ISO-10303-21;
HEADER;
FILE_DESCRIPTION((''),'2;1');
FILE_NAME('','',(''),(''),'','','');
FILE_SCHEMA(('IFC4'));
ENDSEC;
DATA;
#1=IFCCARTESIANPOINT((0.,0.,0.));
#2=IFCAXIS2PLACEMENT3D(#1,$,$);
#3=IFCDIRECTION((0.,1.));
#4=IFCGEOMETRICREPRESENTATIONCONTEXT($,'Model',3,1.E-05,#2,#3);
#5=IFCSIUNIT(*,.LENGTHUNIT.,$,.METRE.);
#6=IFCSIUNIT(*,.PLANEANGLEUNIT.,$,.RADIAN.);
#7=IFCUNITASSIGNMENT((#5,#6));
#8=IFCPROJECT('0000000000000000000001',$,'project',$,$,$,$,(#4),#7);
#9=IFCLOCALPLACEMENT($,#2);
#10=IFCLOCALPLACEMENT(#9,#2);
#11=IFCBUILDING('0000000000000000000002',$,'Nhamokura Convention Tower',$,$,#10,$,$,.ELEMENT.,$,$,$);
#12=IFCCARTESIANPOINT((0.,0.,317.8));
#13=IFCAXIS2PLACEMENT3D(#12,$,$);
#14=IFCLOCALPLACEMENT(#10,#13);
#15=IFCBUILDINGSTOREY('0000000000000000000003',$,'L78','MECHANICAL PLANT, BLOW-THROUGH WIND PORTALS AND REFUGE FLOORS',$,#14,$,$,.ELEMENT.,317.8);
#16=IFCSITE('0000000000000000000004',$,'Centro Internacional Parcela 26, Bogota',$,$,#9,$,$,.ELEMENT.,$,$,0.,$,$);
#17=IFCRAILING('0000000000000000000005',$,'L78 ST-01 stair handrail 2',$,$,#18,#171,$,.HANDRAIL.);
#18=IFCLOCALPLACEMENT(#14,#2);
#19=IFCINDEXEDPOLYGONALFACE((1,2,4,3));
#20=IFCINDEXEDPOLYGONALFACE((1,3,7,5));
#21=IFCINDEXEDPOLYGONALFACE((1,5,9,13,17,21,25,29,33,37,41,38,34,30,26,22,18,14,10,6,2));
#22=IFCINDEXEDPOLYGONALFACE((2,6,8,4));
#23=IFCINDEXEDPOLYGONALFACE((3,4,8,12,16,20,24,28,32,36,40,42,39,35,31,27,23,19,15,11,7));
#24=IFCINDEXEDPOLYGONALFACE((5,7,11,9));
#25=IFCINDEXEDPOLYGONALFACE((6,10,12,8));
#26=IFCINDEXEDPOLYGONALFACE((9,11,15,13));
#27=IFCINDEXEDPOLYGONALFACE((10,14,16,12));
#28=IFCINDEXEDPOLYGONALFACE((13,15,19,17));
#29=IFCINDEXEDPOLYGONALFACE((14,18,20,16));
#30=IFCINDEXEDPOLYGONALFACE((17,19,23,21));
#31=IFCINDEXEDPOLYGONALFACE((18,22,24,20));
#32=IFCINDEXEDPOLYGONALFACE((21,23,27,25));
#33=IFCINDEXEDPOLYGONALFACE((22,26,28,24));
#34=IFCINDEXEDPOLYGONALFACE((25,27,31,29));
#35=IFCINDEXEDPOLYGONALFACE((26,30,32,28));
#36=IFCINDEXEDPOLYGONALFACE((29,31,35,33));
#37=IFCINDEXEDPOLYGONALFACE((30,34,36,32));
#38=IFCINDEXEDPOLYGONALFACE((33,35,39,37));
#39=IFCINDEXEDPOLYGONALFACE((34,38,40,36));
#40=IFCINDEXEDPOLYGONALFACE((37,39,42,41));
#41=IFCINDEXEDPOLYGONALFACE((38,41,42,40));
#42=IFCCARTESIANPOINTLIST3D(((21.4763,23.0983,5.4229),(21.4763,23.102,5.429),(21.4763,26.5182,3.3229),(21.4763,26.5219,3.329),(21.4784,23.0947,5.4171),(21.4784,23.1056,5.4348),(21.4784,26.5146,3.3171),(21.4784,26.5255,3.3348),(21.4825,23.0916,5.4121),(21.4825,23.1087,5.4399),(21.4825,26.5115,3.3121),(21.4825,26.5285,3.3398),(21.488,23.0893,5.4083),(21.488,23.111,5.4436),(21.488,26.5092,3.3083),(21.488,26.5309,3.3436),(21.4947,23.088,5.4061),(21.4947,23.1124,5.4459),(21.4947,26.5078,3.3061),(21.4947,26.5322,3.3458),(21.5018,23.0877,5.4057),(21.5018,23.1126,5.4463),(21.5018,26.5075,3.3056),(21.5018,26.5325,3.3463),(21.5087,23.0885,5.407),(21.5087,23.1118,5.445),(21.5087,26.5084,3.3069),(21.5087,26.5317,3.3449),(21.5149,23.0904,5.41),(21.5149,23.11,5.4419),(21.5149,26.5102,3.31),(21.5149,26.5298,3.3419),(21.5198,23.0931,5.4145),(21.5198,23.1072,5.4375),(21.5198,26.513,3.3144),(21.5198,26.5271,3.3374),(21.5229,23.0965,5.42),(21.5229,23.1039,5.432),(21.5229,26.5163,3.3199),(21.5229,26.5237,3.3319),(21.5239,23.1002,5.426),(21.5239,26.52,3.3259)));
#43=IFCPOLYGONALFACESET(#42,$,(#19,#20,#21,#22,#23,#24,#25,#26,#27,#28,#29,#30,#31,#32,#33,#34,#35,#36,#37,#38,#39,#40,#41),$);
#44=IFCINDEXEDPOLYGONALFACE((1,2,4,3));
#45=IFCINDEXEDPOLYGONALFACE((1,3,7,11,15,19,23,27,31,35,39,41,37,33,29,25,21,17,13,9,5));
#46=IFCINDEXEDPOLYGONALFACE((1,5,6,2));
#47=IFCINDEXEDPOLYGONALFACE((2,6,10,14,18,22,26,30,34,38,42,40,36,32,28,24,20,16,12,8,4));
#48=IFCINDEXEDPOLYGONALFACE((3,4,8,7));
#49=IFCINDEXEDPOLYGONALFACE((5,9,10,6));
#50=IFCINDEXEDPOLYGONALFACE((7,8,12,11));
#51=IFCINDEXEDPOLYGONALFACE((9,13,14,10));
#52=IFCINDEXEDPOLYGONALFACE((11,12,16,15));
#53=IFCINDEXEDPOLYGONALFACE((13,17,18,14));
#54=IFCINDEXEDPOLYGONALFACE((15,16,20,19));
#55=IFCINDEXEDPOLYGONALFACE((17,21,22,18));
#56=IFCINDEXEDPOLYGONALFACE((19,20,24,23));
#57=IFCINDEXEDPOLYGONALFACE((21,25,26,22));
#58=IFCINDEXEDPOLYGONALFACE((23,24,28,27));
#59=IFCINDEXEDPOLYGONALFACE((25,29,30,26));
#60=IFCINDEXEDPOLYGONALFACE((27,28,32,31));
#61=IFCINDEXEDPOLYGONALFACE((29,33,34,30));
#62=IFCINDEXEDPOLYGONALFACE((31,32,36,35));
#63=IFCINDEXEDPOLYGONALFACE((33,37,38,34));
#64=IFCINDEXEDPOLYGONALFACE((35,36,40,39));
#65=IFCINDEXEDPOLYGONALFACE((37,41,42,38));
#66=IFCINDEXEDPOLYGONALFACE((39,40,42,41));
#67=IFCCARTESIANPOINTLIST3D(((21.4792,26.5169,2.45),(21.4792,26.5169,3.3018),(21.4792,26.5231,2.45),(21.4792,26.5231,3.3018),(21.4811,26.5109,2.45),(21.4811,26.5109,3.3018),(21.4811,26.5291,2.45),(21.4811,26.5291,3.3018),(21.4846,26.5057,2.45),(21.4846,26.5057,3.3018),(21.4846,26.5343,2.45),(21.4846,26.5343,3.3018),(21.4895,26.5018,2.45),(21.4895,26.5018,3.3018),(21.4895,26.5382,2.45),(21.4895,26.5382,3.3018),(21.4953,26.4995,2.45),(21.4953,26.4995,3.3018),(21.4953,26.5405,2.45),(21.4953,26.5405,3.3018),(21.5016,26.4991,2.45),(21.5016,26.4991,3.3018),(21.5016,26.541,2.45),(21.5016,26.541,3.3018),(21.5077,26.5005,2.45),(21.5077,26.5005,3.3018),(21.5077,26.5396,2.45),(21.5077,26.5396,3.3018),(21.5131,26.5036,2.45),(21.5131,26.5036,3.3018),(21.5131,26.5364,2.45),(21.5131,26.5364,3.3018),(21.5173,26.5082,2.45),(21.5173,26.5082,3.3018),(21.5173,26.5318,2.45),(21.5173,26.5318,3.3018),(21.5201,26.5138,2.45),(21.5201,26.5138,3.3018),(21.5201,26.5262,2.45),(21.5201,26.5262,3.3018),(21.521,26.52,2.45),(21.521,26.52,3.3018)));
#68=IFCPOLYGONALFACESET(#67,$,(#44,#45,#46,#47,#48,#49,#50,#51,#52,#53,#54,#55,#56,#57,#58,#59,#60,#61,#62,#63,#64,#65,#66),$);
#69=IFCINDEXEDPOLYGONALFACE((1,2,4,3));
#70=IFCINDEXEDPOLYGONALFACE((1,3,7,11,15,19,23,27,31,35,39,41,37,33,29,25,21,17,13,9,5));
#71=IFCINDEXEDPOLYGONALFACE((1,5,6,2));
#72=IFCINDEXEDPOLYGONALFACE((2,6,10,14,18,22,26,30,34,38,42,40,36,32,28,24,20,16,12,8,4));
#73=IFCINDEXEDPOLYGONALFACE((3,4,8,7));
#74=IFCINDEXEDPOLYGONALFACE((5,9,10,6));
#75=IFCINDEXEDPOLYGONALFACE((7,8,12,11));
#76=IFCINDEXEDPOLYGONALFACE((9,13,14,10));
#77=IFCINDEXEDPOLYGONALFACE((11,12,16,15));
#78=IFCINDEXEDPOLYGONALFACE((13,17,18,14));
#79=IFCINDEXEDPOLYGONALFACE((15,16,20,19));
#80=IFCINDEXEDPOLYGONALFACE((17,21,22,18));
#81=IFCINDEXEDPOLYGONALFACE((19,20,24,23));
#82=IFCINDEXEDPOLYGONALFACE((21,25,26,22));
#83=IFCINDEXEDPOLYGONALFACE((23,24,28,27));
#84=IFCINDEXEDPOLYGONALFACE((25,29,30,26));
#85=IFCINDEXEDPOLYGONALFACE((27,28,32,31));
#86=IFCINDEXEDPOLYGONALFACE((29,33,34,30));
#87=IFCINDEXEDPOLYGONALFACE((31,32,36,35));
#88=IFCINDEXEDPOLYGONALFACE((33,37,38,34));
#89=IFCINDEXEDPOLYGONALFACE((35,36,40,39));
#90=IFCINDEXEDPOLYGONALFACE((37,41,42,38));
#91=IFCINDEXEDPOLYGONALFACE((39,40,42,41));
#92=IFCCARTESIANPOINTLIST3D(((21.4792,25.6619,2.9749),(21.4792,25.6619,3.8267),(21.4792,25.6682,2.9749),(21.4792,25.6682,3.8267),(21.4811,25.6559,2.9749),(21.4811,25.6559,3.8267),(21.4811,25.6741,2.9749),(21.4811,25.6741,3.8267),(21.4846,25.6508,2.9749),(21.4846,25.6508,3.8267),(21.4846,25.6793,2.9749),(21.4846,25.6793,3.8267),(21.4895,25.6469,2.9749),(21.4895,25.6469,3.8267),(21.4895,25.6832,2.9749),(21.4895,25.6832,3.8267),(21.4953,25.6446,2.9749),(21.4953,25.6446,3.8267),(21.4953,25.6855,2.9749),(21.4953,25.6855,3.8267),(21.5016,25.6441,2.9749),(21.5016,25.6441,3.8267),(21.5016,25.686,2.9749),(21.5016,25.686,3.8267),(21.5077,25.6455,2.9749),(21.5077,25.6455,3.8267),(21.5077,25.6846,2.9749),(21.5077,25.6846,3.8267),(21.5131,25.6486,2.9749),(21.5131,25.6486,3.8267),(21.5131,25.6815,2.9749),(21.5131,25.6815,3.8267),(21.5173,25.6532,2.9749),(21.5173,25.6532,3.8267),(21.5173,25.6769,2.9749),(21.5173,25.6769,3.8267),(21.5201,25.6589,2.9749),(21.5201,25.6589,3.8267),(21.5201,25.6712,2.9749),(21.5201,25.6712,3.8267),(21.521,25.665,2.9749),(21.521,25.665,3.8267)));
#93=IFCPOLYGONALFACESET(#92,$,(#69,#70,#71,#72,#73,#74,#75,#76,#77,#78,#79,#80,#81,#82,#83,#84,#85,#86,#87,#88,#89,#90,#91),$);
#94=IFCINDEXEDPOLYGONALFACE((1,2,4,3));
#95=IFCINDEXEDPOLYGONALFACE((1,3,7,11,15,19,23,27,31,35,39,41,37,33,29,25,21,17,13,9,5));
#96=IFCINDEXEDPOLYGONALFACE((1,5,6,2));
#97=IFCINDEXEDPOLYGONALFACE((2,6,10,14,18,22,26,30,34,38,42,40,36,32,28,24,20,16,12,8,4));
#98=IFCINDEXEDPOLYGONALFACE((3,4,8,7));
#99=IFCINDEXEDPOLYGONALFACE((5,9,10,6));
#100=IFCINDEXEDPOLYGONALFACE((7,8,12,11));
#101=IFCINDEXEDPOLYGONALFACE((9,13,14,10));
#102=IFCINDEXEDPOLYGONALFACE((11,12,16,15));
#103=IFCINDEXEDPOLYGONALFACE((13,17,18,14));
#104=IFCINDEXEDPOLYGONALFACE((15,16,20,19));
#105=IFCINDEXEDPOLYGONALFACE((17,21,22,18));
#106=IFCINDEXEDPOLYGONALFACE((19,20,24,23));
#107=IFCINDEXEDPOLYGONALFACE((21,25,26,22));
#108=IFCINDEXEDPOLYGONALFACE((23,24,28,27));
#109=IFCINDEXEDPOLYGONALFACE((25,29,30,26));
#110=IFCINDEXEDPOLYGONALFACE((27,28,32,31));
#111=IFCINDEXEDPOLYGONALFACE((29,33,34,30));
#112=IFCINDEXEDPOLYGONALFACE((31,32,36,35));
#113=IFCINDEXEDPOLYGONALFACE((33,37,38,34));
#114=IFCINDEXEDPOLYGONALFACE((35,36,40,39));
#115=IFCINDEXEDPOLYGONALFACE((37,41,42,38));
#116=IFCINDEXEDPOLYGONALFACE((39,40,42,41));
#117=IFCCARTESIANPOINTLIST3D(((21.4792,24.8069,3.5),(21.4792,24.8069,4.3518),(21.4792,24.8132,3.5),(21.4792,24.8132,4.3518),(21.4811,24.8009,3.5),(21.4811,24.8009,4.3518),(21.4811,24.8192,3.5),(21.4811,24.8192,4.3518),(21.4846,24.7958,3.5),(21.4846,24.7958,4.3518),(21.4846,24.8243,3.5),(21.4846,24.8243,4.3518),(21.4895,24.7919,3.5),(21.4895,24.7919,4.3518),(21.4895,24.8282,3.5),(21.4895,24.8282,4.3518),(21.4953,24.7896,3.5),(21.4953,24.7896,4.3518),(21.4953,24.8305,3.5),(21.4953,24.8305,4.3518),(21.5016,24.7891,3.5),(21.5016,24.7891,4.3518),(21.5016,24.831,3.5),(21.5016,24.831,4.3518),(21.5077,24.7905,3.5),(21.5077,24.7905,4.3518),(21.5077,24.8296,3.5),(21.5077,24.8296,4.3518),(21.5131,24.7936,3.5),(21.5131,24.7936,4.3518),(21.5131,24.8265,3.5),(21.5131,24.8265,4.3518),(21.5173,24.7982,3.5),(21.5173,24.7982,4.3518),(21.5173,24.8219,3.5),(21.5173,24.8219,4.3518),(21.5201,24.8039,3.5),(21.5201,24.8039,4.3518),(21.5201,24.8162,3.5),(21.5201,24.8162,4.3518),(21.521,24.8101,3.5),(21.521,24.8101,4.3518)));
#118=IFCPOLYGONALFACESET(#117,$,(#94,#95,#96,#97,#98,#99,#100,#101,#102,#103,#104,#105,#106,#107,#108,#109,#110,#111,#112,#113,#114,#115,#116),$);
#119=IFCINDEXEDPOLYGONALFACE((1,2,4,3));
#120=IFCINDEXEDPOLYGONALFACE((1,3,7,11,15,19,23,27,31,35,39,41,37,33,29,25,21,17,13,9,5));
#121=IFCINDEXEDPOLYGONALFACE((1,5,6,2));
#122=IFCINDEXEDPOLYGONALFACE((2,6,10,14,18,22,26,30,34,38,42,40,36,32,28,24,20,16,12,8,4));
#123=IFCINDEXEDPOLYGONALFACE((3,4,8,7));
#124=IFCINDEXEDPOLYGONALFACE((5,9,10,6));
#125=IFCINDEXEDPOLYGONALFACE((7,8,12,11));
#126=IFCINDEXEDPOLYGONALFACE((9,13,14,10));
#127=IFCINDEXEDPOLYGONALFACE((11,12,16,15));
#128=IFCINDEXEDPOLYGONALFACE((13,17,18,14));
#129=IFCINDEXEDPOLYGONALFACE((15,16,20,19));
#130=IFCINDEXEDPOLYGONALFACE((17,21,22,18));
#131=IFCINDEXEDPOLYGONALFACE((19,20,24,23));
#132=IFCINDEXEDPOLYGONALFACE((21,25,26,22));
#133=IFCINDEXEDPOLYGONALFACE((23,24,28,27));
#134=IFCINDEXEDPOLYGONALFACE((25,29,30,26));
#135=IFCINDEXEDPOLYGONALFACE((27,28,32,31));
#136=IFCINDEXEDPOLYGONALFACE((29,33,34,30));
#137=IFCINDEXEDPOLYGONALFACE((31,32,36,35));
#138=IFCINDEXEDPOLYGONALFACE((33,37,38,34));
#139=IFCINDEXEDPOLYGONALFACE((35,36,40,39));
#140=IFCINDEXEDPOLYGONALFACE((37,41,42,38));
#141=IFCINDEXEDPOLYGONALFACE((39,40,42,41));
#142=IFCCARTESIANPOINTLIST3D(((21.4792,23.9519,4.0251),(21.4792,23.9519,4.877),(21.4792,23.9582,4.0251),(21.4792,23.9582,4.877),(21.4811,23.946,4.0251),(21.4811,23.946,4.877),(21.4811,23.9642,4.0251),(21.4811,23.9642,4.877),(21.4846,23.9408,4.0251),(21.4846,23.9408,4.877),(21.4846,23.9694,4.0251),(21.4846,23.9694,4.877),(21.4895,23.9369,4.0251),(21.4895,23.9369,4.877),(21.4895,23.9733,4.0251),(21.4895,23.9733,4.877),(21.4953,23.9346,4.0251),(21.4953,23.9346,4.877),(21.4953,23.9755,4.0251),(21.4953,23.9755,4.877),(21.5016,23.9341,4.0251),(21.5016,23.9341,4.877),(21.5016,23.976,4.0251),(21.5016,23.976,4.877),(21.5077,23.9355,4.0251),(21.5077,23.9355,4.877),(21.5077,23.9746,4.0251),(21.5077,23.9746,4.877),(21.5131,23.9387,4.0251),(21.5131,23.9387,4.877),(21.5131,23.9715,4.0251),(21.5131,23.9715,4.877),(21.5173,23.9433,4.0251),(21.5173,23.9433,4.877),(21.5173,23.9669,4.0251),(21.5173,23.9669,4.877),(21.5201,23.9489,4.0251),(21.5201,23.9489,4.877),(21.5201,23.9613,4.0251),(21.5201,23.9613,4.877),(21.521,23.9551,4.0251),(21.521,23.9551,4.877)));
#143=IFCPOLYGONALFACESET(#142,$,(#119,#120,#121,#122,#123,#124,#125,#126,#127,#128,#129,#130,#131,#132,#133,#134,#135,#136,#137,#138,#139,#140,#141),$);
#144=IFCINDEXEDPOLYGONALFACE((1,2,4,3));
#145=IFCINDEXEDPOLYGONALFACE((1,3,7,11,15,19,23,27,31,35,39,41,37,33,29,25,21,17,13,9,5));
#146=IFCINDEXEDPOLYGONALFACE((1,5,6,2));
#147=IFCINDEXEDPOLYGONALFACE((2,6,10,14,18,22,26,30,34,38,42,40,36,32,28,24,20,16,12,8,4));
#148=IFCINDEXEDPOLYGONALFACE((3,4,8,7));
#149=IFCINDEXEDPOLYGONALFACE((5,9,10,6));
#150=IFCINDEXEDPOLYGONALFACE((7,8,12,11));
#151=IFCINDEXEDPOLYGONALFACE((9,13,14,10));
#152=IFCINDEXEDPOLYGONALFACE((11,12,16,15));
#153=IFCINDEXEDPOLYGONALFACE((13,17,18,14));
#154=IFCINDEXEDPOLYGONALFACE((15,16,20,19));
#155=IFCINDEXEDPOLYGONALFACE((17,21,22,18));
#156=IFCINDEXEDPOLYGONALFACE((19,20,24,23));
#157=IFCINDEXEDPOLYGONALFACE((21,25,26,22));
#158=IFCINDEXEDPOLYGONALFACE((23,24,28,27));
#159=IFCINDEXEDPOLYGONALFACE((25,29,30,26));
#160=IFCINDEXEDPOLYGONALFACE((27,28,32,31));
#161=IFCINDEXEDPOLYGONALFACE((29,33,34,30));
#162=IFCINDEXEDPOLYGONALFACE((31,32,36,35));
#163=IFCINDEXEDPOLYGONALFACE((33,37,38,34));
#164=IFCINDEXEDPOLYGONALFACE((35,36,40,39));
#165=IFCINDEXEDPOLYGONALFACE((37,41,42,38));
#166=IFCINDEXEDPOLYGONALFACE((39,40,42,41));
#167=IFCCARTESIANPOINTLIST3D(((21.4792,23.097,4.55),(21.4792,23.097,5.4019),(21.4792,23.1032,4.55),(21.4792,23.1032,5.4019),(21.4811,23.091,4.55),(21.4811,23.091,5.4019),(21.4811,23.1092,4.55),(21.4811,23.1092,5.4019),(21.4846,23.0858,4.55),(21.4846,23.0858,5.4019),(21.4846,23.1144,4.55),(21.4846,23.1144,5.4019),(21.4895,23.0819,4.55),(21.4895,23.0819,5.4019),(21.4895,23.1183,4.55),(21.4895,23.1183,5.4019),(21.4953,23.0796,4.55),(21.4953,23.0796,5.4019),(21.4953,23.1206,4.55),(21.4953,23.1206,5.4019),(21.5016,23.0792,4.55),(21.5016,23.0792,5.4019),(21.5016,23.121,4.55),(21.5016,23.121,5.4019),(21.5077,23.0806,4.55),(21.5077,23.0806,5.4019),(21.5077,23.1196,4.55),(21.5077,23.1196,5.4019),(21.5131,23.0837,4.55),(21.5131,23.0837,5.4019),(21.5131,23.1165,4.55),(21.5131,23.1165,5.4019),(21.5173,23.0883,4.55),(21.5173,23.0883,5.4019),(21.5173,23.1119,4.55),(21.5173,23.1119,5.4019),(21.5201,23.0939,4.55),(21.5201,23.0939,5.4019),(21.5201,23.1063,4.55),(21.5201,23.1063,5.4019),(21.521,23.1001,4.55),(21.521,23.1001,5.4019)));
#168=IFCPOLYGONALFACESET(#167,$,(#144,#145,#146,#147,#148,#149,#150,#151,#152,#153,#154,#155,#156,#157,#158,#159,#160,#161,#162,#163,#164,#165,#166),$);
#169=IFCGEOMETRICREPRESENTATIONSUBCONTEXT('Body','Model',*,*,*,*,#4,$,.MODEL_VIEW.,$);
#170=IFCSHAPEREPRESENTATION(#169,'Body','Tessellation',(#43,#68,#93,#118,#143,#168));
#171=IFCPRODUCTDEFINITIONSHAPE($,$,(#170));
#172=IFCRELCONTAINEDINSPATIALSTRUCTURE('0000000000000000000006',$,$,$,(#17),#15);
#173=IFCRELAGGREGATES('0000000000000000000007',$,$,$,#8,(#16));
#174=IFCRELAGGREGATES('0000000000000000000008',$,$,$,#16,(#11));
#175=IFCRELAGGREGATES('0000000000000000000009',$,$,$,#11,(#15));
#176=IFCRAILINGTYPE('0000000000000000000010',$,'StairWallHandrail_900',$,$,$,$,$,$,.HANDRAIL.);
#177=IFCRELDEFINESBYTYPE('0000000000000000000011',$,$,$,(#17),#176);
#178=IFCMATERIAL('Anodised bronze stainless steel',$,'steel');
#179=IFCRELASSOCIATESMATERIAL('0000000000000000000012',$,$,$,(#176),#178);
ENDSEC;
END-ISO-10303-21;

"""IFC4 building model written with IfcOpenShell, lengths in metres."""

from ifc_helpers import new_model, si_unit, direction, frame, origin, origin_2d, place, context, subcontext, project, spatial, circle, extrude, material, type_object, element, save


model = new_model("IFC4")

# Units and contexts
model_context = context("Model", 3, precision=1e-05, world=origin(), true_north=direction((0.0, 1.0)))
body_context = subcontext(model_context, "Body", "Model", "MODEL_VIEW")
ifc_project = project(units=[si_unit("LENGTHUNIT", "METRE"), si_unit("PLANEANGLEUNIT", "RADIAN")], contexts=[model_context])

# Site, building, storey
site_placement = place(None, origin())
site = spatial("IfcSite", under=ifc_project, at=site_placement, Name="Centro Internacional Parcela 26, Bogota", CompositionType="ELEMENT", RefElevation=0.0)
building_placement = place(site_placement, origin())
building = spatial("IfcBuilding", under=site, at=building_placement, Name="Nhamokura Convention Tower", CompositionType="ELEMENT")
storey_placement = place(building_placement, frame((0.0, 0.0, 317.8)))
storey = spatial("IfcBuildingStorey", under=building, at=storey_placement, Name="L78", Description="MECHANICAL PLANT, BLOW-THROUGH WIND PORTALS AND REFUGE FLOORS", CompositionType="ELEMENT", Elevation=317.8)

# Railing
ifc_material_1 = material(Name="Anodised bronze stainless steel", Category="steel")
railing_type_1 = type_object("IfcRailingType", Name="StairWallHandrail_900", PredefinedType="HANDRAIL", material=ifc_material_1)
railing_1_placement = place(storey_placement, frame((21.5, 26.52, 2.45)))
element("IfcRailing", 1, at=railing_1_placement, inside=storey, type_object=railing_type_1, Name="L78 ST-01 stair handrail 2", PredefinedType="HANDRAIL", context=body_context, shape_type="SweptSolid", body=[
    extrude(circle(Radius=0.0239, at=origin_2d()), frame((0.0, 0.0, 0.876), z_axis=(0.0, -0.852155, 0.523289), x_axis=(1.0, 0.0, 0.0)), (0.0, 0.0, 1.0), 4.0132),
    extrude(circle(Radius=0.021, at=origin_2d()), origin(), (0.0, 0.0, 1.0), 0.8518),
    extrude(circle(Radius=0.021, at=origin_2d()), frame((0.0, -0.855, 0.5249)), (0.0, 0.0, 1.0), 0.8518),
    extrude(circle(Radius=0.021, at=origin_2d()), frame((0.0, -1.71, 1.05)), (0.0, 0.0, 1.0), 0.8518),
    extrude(circle(Radius=0.021, at=origin_2d()), frame((0.0, -2.5649, 1.5752)), (0.0, 0.0, 1.0), 0.8518),
    extrude(circle(Radius=0.021, at=origin_2d()), frame((0.0, -3.4199, 2.1001)), (0.0, 0.0, 1.0), 0.8518),
])

save(model, "model.ifc")
